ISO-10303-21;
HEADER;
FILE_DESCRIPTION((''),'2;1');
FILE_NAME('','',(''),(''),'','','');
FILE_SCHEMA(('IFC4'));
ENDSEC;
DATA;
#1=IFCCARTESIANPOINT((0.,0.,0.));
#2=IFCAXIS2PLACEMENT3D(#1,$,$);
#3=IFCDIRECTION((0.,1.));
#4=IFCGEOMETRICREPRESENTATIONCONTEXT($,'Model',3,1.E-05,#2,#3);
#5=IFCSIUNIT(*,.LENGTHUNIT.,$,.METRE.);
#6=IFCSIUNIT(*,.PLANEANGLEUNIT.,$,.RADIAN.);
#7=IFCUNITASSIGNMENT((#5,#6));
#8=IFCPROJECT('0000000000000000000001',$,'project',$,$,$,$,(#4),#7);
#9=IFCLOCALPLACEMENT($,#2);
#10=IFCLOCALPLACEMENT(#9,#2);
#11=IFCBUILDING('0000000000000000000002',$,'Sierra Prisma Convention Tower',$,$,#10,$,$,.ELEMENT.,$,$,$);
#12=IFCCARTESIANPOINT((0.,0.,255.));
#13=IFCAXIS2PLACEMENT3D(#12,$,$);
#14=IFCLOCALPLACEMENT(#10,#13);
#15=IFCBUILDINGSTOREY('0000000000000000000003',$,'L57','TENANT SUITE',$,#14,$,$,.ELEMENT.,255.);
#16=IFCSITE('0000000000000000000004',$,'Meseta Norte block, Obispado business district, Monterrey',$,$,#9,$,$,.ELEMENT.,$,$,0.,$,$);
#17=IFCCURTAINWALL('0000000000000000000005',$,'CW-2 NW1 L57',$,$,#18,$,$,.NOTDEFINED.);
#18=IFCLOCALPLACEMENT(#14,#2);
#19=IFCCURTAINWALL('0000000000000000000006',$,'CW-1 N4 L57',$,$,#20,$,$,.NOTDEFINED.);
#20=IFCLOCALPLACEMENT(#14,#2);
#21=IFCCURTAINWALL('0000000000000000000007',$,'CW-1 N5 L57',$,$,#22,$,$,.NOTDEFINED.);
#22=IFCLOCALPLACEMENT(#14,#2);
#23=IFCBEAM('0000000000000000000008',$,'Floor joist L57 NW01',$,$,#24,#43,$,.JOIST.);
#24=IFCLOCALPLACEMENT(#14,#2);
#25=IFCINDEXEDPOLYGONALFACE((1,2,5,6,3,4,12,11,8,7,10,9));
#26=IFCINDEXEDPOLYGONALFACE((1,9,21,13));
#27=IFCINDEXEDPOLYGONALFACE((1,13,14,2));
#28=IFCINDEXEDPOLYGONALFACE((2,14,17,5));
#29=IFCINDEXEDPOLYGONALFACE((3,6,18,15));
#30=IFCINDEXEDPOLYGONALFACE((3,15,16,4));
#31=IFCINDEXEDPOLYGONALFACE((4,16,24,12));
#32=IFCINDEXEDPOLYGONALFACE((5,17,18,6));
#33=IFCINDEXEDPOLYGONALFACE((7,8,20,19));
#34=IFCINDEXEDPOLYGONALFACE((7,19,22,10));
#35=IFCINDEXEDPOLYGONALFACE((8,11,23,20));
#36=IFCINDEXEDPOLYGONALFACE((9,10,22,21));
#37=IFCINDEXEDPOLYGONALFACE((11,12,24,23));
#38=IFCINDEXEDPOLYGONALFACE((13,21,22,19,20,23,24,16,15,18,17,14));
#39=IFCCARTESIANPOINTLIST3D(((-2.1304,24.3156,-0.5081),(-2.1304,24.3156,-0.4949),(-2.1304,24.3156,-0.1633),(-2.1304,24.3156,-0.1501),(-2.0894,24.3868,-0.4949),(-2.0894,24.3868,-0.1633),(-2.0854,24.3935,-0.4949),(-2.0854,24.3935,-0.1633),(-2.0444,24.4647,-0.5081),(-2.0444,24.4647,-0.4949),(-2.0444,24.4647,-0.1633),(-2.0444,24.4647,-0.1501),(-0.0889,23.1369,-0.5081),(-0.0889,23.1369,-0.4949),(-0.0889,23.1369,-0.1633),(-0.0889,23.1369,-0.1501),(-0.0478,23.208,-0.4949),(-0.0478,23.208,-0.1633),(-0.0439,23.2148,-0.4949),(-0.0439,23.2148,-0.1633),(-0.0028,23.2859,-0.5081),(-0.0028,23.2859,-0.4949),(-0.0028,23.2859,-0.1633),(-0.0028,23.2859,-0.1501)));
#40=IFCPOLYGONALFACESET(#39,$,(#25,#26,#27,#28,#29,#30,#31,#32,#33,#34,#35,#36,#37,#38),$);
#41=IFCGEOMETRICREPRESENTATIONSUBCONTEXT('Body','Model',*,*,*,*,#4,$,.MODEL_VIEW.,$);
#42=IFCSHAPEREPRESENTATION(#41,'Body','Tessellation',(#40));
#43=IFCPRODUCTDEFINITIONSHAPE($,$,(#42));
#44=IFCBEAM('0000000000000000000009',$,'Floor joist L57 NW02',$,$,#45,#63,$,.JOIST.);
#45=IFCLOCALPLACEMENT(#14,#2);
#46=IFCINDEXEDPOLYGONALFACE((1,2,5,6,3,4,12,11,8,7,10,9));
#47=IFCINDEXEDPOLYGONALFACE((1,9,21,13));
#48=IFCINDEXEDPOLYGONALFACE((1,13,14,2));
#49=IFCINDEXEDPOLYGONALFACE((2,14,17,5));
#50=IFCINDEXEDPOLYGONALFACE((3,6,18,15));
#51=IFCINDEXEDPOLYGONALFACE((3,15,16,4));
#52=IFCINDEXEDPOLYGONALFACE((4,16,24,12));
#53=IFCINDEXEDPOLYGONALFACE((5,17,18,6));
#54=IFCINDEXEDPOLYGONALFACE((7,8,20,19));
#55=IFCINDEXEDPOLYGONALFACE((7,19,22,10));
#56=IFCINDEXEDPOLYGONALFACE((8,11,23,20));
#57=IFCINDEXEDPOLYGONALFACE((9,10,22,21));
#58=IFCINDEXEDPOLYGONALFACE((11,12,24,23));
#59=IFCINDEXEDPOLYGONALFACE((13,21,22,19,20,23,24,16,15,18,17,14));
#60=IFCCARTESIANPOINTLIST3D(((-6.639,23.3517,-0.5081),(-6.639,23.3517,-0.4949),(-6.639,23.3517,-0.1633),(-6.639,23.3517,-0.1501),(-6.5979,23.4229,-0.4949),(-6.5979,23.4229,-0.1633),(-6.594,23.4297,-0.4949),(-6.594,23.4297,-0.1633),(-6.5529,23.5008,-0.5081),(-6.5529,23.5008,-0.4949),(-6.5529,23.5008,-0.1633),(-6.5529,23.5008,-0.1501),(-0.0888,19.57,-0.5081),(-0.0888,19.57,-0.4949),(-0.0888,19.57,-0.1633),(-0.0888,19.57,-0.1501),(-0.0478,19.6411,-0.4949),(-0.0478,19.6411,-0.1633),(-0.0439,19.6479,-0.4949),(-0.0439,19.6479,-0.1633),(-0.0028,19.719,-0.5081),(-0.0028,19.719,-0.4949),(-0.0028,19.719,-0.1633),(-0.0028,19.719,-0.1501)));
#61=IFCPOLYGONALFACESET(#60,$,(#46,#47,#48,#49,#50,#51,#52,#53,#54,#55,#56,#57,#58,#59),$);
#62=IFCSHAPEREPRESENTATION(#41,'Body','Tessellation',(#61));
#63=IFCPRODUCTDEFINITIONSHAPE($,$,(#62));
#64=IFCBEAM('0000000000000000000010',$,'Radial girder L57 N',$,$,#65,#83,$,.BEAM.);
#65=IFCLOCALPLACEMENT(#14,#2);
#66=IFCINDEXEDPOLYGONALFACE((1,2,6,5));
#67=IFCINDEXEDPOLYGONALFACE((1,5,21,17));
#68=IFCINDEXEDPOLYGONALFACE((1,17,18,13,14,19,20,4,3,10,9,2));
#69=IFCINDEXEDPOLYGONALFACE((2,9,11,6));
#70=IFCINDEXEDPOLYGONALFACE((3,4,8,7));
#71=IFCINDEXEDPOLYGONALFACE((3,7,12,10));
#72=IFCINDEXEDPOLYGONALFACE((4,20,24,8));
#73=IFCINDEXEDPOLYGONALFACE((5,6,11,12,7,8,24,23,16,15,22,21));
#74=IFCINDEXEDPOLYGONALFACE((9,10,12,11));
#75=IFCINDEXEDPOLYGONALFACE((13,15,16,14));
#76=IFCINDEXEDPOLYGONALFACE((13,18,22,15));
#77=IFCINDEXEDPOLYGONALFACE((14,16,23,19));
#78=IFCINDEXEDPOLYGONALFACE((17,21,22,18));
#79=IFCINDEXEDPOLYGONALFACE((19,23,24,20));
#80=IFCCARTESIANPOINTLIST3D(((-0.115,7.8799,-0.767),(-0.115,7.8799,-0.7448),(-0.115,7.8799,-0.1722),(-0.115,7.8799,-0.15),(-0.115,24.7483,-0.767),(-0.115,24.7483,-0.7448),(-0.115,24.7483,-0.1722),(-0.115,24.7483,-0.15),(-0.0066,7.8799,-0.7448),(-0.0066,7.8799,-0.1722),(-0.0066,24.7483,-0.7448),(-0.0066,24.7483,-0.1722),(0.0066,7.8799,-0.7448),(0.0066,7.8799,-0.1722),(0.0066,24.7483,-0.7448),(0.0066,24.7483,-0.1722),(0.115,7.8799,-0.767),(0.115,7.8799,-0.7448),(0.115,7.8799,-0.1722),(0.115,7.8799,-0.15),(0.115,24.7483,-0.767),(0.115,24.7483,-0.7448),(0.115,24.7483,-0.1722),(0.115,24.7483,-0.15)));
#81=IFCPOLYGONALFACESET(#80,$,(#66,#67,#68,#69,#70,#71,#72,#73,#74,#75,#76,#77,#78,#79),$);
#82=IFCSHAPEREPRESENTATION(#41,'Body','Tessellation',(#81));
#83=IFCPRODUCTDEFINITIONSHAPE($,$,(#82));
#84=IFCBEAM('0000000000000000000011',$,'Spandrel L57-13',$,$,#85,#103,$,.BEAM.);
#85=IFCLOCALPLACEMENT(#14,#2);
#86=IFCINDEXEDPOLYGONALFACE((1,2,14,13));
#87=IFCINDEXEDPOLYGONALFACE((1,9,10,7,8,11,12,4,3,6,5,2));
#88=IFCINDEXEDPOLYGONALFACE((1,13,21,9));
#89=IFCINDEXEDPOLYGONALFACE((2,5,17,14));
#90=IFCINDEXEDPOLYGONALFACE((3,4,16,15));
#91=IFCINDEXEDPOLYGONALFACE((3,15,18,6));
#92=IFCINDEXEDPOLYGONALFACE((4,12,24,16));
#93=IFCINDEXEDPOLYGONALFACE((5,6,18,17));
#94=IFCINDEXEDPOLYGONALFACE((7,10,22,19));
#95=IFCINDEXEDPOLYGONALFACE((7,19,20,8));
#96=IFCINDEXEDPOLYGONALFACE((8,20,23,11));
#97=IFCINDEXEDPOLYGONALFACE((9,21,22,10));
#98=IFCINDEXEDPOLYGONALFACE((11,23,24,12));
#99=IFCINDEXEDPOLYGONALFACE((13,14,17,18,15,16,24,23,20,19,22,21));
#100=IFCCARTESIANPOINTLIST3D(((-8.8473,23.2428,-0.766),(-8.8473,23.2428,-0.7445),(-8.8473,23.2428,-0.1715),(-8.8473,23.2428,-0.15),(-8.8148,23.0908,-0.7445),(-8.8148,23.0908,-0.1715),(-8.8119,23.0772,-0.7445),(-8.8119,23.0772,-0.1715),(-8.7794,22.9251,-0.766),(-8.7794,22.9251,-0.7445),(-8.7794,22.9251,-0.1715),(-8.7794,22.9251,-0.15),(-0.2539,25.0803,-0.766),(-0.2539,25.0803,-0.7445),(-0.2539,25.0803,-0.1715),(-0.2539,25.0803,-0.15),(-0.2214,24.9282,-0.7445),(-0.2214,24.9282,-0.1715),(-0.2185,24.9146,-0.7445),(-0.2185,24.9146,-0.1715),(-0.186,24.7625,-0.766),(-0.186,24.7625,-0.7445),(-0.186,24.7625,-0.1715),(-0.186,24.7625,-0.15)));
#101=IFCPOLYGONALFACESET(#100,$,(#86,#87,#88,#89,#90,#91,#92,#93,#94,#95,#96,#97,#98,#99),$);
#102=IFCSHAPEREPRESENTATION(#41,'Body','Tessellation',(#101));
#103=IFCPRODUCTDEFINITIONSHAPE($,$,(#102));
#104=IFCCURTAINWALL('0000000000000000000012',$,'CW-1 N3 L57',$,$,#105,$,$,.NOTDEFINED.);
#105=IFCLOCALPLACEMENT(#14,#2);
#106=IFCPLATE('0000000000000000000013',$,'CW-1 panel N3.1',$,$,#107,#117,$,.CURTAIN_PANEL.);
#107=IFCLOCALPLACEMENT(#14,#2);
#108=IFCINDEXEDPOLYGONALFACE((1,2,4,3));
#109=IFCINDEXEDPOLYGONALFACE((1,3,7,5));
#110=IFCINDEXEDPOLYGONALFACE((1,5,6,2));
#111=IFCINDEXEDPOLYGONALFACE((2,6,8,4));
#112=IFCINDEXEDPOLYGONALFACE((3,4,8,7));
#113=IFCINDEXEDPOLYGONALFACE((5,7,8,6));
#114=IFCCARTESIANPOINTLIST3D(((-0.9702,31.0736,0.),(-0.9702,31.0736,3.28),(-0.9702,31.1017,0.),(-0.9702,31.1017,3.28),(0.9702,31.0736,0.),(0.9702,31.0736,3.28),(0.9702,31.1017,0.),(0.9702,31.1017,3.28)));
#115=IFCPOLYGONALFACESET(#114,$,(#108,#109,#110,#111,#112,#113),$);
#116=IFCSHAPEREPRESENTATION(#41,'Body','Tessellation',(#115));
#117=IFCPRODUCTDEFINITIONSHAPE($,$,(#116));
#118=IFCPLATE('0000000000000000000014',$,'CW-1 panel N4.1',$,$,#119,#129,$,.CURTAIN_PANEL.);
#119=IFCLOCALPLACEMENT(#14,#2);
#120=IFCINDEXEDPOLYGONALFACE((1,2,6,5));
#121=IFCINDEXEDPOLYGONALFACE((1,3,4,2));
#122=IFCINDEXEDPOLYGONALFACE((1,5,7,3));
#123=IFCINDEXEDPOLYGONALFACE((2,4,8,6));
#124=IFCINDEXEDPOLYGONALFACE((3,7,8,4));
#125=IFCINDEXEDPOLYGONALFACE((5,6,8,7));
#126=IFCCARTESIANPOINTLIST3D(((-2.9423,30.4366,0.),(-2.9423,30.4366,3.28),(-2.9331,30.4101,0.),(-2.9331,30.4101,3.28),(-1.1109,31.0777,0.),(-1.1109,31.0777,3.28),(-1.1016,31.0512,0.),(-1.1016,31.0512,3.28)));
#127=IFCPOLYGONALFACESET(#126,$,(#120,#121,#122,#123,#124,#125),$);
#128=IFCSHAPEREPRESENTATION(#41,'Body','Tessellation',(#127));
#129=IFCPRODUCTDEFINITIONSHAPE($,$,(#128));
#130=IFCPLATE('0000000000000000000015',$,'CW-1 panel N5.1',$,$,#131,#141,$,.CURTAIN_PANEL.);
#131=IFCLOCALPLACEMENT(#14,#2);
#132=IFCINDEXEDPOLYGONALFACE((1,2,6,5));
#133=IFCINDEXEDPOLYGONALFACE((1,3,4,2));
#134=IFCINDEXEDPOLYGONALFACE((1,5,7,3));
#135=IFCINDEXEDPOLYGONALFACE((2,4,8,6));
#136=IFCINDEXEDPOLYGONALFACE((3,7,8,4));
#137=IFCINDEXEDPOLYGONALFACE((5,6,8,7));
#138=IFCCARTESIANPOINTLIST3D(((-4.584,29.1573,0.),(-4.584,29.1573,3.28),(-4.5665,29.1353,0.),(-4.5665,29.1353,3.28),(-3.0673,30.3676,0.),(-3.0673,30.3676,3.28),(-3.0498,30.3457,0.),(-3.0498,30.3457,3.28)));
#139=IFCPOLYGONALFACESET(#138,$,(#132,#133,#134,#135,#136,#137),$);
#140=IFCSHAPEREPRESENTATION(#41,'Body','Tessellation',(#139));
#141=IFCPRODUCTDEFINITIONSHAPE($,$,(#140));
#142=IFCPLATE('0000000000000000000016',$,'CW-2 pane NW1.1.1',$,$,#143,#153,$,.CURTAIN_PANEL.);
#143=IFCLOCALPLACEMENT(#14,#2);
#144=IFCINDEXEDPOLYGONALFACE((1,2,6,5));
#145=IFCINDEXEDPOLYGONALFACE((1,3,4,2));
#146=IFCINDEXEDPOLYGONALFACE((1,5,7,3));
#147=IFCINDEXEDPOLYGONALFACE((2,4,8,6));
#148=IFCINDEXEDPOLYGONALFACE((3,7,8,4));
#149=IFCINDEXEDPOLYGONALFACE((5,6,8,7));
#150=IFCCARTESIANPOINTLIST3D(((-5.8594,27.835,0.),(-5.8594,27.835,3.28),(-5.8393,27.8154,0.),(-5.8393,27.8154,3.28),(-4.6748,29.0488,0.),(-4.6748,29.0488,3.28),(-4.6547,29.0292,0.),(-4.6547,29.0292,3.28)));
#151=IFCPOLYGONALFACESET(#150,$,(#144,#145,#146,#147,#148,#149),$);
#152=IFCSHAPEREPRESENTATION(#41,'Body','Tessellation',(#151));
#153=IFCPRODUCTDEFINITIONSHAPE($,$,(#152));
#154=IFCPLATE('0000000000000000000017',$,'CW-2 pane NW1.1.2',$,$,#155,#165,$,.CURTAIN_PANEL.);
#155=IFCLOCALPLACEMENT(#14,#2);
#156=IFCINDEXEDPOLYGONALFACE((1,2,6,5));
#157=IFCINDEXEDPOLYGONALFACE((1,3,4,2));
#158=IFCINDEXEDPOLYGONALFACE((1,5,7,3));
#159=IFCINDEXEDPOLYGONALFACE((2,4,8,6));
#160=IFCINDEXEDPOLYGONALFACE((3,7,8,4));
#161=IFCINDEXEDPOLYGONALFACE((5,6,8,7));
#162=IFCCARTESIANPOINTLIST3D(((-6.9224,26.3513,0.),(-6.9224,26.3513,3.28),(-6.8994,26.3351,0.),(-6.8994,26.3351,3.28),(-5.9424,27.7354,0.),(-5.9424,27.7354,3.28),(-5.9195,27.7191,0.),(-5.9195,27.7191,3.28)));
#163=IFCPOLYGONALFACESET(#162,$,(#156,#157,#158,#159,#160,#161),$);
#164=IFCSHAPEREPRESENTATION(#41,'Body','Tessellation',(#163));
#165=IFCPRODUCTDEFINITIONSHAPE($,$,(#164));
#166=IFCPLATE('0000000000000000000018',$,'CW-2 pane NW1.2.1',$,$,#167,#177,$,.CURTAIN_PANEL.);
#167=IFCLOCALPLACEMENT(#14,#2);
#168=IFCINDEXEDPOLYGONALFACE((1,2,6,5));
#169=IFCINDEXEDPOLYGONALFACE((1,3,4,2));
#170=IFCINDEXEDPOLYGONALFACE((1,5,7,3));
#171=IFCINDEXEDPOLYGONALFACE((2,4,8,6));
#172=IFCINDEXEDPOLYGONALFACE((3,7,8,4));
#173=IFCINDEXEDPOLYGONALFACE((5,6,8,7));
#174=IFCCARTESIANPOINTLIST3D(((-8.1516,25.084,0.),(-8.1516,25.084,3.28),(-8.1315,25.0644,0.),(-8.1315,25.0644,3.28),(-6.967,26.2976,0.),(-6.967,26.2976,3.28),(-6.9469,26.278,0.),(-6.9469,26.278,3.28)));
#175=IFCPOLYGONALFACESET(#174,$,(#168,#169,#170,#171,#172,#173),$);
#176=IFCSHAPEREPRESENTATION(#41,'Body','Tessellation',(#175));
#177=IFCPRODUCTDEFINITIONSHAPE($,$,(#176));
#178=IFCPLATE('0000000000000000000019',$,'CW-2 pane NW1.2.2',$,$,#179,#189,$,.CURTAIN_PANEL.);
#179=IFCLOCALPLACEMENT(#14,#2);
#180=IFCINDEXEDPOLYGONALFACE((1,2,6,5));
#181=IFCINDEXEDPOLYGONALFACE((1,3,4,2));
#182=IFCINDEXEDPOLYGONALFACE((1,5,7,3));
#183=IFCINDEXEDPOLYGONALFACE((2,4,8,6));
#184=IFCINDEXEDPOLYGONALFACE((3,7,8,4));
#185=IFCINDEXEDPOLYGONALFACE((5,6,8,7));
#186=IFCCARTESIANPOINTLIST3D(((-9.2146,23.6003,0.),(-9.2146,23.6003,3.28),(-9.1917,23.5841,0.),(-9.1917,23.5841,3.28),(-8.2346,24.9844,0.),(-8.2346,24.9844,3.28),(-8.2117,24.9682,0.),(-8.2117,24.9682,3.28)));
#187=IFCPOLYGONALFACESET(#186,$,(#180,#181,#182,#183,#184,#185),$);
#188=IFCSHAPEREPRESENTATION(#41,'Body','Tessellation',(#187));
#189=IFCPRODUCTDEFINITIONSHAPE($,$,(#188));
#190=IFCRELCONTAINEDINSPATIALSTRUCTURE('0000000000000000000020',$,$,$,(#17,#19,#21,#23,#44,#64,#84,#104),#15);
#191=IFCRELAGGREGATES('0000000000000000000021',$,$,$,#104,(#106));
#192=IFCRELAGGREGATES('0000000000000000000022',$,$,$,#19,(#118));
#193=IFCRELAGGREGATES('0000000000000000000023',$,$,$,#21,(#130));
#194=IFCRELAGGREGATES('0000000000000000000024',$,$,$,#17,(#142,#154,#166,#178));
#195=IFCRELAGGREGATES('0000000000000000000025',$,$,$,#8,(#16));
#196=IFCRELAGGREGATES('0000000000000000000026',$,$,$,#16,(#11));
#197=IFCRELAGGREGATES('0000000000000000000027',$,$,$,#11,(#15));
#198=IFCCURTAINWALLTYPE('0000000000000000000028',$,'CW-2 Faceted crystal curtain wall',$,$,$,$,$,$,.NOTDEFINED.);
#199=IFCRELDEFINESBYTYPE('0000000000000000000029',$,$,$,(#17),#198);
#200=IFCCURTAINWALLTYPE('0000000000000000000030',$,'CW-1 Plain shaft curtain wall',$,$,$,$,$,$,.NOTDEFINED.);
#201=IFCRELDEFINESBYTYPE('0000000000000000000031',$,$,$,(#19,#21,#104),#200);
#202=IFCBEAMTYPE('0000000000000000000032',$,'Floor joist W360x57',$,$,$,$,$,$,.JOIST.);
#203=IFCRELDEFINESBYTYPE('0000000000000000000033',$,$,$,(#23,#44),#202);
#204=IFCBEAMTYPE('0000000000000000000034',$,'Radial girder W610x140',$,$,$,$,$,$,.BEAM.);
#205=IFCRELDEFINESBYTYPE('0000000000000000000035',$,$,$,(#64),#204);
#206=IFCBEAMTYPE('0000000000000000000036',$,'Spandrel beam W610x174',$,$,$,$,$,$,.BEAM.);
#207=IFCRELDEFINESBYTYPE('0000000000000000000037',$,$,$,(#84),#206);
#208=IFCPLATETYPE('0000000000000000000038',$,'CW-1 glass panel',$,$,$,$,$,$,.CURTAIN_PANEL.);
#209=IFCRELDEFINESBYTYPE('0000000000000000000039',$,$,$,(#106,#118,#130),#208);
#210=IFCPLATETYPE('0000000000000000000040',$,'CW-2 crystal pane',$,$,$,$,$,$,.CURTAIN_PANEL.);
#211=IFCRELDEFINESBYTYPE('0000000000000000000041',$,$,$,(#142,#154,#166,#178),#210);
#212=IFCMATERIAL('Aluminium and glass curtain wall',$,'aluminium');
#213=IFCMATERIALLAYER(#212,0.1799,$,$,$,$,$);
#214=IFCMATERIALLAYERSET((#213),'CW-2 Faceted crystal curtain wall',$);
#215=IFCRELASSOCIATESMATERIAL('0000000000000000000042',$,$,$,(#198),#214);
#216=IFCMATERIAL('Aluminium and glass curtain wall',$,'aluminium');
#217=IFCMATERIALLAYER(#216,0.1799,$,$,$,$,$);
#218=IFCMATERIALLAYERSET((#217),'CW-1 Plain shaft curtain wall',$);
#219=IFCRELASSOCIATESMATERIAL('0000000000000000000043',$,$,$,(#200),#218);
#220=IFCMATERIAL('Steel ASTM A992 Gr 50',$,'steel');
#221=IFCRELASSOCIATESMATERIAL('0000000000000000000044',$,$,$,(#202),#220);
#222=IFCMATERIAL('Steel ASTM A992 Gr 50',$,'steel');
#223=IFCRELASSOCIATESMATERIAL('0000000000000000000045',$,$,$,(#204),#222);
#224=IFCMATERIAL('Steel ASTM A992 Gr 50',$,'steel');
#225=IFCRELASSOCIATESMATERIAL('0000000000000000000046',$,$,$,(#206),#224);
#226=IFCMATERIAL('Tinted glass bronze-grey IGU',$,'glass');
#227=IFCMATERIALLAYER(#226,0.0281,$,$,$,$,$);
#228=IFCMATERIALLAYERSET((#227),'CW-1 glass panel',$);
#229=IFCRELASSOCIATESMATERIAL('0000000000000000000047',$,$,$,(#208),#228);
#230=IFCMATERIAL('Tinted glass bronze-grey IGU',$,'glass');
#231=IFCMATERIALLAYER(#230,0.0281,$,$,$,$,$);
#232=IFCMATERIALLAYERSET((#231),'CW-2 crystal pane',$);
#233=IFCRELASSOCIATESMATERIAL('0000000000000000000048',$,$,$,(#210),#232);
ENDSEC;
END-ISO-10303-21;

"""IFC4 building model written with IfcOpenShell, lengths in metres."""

from ifc_helpers import new_model, si_unit, direction, frame, origin, origin_2d, place, context, subcontext, project, spatial, polyline, rectangle, i_section, outline, extrude, material, layer, layer_set, material_profile, profile_set, type_object, element, aggregate, save


model = new_model("IFC4")

# Units and contexts
model_context = context("Model", 3, precision=1e-05, world=origin(), true_north=direction((0.0, 1.0)))
body_context = subcontext(model_context, "Body", "Model", "MODEL_VIEW")
ifc_project = project(units=[si_unit("LENGTHUNIT", "METRE"), si_unit("PLANEANGLEUNIT", "RADIAN")], contexts=[model_context])

# Site, building, storey
site_placement = place(None, origin())
site = spatial("IfcSite", under=ifc_project, at=site_placement, Name="Meseta Norte block, Obispado business district, Monterrey", CompositionType="ELEMENT", RefElevation=0.0)
building_placement = place(site_placement, origin())
building = spatial("IfcBuilding", under=site, at=building_placement, Name="Sierra Prisma Convention Tower", CompositionType="ELEMENT")
storey_placement = place(building_placement, frame((0.0, 0.0, 255.0)))
storey = spatial("IfcBuildingStorey", under=building, at=storey_placement, Name="L57", Description="TENANT SUITE", CompositionType="ELEMENT", Elevation=255.0)

# Curtain wall
ifc_material_1 = material(Name="Aluminium and glass curtain wall", Category="aluminium")
ifc_layer_1 = layer(ifc_material_1, 0.1799)
ifc_layer_set_1 = layer_set([ifc_layer_1], Name="CW-2 Faceted crystal curtain wall")
curtain_wall_type_1 = type_object("IfcCurtainWallType", Name="CW-2 Faceted crystal curtain wall", PredefinedType="NOTDEFINED", material=ifc_layer_set_1)
curtain_wall_1_placement = place(storey_placement, origin())
curtain_wall_1 = element("IfcCurtainWall", 1, at=curtain_wall_1_placement, inside=storey, type_object=curtain_wall_type_1, Name="CW-2 NW1 L57", PredefinedType="NOTDEFINED")

# Curtain walls
ifc_material_2 = material(Name="Aluminium and glass curtain wall", Category="aluminium")
ifc_layer_2 = layer(ifc_material_2, 0.1799)
ifc_layer_set_2 = layer_set([ifc_layer_2], Name="CW-1 Plain shaft curtain wall")
curtain_wall_type_2 = type_object("IfcCurtainWallType", Name="CW-1 Plain shaft curtain wall", PredefinedType="NOTDEFINED", material=ifc_layer_set_2)
curtain_wall_2_placement = place(storey_placement, origin())
curtain_wall_2 = element("IfcCurtainWall", 2, at=curtain_wall_2_placement, inside=storey, type_object=curtain_wall_type_2, Name="CW-1 N4 L57", PredefinedType="NOTDEFINED")
curtain_wall_3_placement = place(storey_placement, origin())
curtain_wall_3 = element("IfcCurtainWall", 3, at=curtain_wall_3_placement, inside=storey, type_object=curtain_wall_type_2, Name="CW-1 N5 L57", PredefinedType="NOTDEFINED")

# Beams
ifc_material_3 = material(Name="Steel ASTM A992 Gr 50", Category="steel")
ifc_material_profile_1 = material_profile(ifc_material_3, i_section(OverallWidth=0.1721, OverallDepth=0.3579, WebThickness=0.0078, FlangeThickness=0.0132, at=origin_2d()), Name="W360x57")
ifc_profile_set_1 = profile_set([ifc_material_profile_1], Name="Steel ASTM A992 Gr 50")
beam_type_1 = type_object("IfcBeamType", Name="Floor joist W360x57", PredefinedType="JOIST", material=ifc_profile_set_1)
beam_1_placement = place(storey_placement, frame((-2.0874, 24.3901, -0.3291), z_axis=(0.866017, -0.500015, 0.0), x_axis=(0.500015, 0.866017, 0.0)))
element("IfcBeam", 4, at=beam_1_placement, inside=storey, type_object=beam_type_1, Name="Floor joist L57 NW01", PredefinedType="JOIST", context=body_context, shape_type="SweptSolid", body=[
    extrude(i_section(OverallWidth=0.1721, OverallDepth=0.3579, WebThickness=0.0078, FlangeThickness=0.0132, at=origin_2d()), origin(), (0.0, 0.0, 1.0), 2.3574),
])
beam_2_placement = place(storey_placement, frame((-6.5959, 23.4263, -0.3291), z_axis=(0.866022, -0.500007, 0.0), x_axis=(0.500007, 0.866022, 0.0)))
element("IfcBeam", 5, at=beam_2_placement, inside=storey, type_object=beam_type_1, Name="Floor joist L57 NW02", PredefinedType="JOIST", context=body_context, shape_type="SweptSolid", body=[
    extrude(i_section(OverallWidth=0.1721, OverallDepth=0.3579, WebThickness=0.0078, FlangeThickness=0.0132, at=origin_2d()), origin(), (0.0, 0.0, 1.0), 7.5635),
])
ifc_material_4 = material(Name="Steel ASTM A992 Gr 50", Category="steel")
ifc_material_profile_2 = material_profile(ifc_material_4, i_section(OverallWidth=0.23, OverallDepth=0.6169, WebThickness=0.0132, FlangeThickness=0.0222, at=origin_2d()), Name="W610x140")
ifc_profile_set_2 = profile_set([ifc_material_profile_2], Name="Steel ASTM A992 Gr 50")
beam_type_2 = type_object("IfcBeamType", Name="Radial girder W610x140", PredefinedType="BEAM", material=ifc_profile_set_2)
beam_3_placement = place(storey_placement, frame((0.0, 24.7483, -0.4585), z_axis=(0.0, -1.0, 0.0), x_axis=(1.0, 0.0, 0.0)))
element("IfcBeam", 6, at=beam_3_placement, inside=storey, type_object=beam_type_2, Name="Radial girder L57 N", PredefinedType="BEAM", context=body_context, shape_type="SweptSolid", body=[
    extrude(i_section(OverallWidth=0.23, OverallDepth=0.6169, WebThickness=0.0132, FlangeThickness=0.0222, at=origin_2d()), origin(), (0.0, 0.0, 1.0), 16.8684),
])
ifc_material_5 = material(Name="Steel ASTM A992 Gr 50", Category="steel")
ifc_material_profile_3 = material_profile(ifc_material_5, i_section(OverallWidth=0.325, OverallDepth=0.616, WebThickness=0.0139, FlangeThickness=0.0215, at=origin_2d()), Name="W610x174")
ifc_profile_set_3 = profile_set([ifc_material_profile_3], Name="Steel ASTM A992 Gr 50")
beam_type_3 = type_object("IfcBeamType", Name="Spandrel beam W610x174", PredefinedType="BEAM", material=ifc_profile_set_3)
beam_4_placement = place(storey_placement, frame((-0.22, 24.9214, -0.458), z_axis=(-0.977896, -0.209093, 0.0), x_axis=(0.209093, -0.977896, 0.0)))
element("IfcBeam", 7, at=beam_4_placement, inside=storey, type_object=beam_type_3, Name="Spandrel L57-13", PredefinedType="BEAM", context=body_context, shape_type="SweptSolid", body=[
    extrude(i_section(OverallWidth=0.325, OverallDepth=0.616, WebThickness=0.0139, FlangeThickness=0.0215, at=origin_2d()), origin(), (0.0, 0.0, 1.0), 8.7876),
])

# Curtain wall, plate
curtain_wall_4_placement = place(storey_placement, origin())
curtain_wall_4 = element("IfcCurtainWall", 8, at=curtain_wall_4_placement, inside=storey, type_object=curtain_wall_type_2, Name="CW-1 N3 L57", PredefinedType="NOTDEFINED")
ifc_material_6 = material(Name="Tinted glass bronze-grey IGU", Category="glass")
ifc_layer_3 = layer(ifc_material_6, 0.0281)
ifc_layer_set_3 = layer_set([ifc_layer_3], Name="CW-1 glass panel")
plate_type_1 = type_object("IfcPlateType", Name="CW-1 glass panel", PredefinedType="CURTAIN_PANEL", material=ifc_layer_set_3)
plate_1_placement = place(storey_placement, frame((0.0, 31.0876, 0.0), z_axis=(0.0, 0.0, 1.0), x_axis=(-1.0, 0.0, 0.0)))
plate_1 = element("IfcPlate", 9, at=plate_1_placement, type_object=plate_type_1, Name="CW-1 panel N3.1", PredefinedType="CURTAIN_PANEL", context=body_context, shape_type="SweptSolid", body=[
    extrude(rectangle(XDim=1.9404, YDim=0.0281, at=origin_2d()), origin(), (0.0, 0.0, 1.0), 3.28),
])
aggregate(curtain_wall_4, [plate_1])

# Plates
plate_2_placement = place(storey_placement, frame((-2.022, 30.7439, 0.0), z_axis=(0.0, 0.0, 1.0), x_axis=(-0.943828, -0.330437, 0.0)))
plate_2 = element("IfcPlate", 10, at=plate_2_placement, type_object=plate_type_1, Name="CW-1 panel N4.1", PredefinedType="CURTAIN_PANEL", context=body_context, shape_type="SweptSolid", body=[
    extrude(rectangle(XDim=1.9404, YDim=0.0281, at=origin_2d()), origin(), (0.0, 0.0, 1.0), 3.28),
])
aggregate(curtain_wall_2, [plate_2])
plate_3_placement = place(storey_placement, frame((-3.8169, 29.7515, 0.0), z_axis=(0.0, 0.0, 1.0), x_axis=(-0.781623, -0.623751, 0.0)))
plate_3 = element("IfcPlate", 11, at=plate_3_placement, type_object=plate_type_1, Name="CW-1 panel N5.1", PredefinedType="CURTAIN_PANEL", context=body_context, shape_type="SweptSolid", body=[
    extrude(rectangle(XDim=1.9404, YDim=0.0281, at=origin_2d()), origin(), (0.0, 0.0, 1.0), 3.28),
])
aggregate(curtain_wall_3, [plate_3])
ifc_material_7 = material(Name="Tinted glass bronze-grey IGU", Category="glass")
ifc_layer_4 = layer(ifc_material_7, 0.0281)
ifc_layer_set_4 = layer_set([ifc_layer_4], Name="CW-2 crystal pane")
plate_type_2 = type_object("IfcPlateType", Name="CW-2 crystal pane", PredefinedType="CURTAIN_PANEL", material=ifc_layer_set_4)
plate_4_placement = place(storey_placement, frame((-4.6748, 29.0488, 0.0), z_axis=(-0.715691, 0.698417, 0.0), x_axis=(-0.698417, -0.715691, 0.0)))
plate_4 = element("IfcPlate", 12, at=plate_4_placement, type_object=plate_type_2, Name="CW-2 pane NW1.1.1", PredefinedType="CURTAIN_PANEL", context=body_context, shape_type="SweptSolid", body=[
    extrude(outline(polyline([(0.0, 0.0), (1.6961, 0.0), (1.6961, 3.28), (0.0, 3.28), (0.0, 0.0)])), origin(), (0.0, 0.0, -1.0), 0.0281),
])
plate_5_placement = place(storey_placement, frame((-6.9224, 26.3513, 0.0), z_axis=(-0.816129, 0.57787, 0.0), x_axis=(0.57787, 0.816129, 0.0)))
plate_5 = element("IfcPlate", 13, at=plate_5_placement, type_object=plate_type_2, Name="CW-2 pane NW1.1.2", PredefinedType="CURTAIN_PANEL", context=body_context, shape_type="SweptSolid", body=[
    extrude(outline(polyline([(0.0, 0.0), (1.6959, 0.0), (1.6959, -3.28), (0.0, -3.28), (0.0, 0.0)])), origin(), (0.0, 0.0, -1.0), 0.0281),
])
plate_6_placement = place(storey_placement, frame((-6.967, 26.2976, 0.0), z_axis=(-0.71562, 0.698489, 0.0), x_axis=(-0.698489, -0.71562, 0.0)))
plate_6 = element("IfcPlate", 14, at=plate_6_placement, type_object=plate_type_2, Name="CW-2 pane NW1.2.1", PredefinedType="CURTAIN_PANEL", context=body_context, shape_type="SweptSolid", body=[
    extrude(outline(polyline([(0.0, 0.0), (1.6959, 0.0), (1.6959, 3.28), (0.0, 3.28), (0.0, 0.0)])), origin(), (0.0, 0.0, -1.0), 0.0281),
])
plate_7_placement = place(storey_placement, frame((-9.2146, 23.6003, 0.0), z_axis=(-0.816129, 0.57787, 0.0), x_axis=(0.57787, 0.816129, 0.0)))
plate_7 = element("IfcPlate", 15, at=plate_7_placement, type_object=plate_type_2, Name="CW-2 pane NW1.2.2", PredefinedType="CURTAIN_PANEL", context=body_context, shape_type="SweptSolid", body=[
    extrude(outline(polyline([(0.0, 0.0), (1.6959, 0.0), (1.6959, -3.28), (0.0, -3.28), (0.0, 0.0)])), origin(), (0.0, 0.0, -1.0), 0.0281),
])
aggregate(curtain_wall_1, [plate_4, plate_5, plate_6, plate_7])

save(model, "model.ifc")
